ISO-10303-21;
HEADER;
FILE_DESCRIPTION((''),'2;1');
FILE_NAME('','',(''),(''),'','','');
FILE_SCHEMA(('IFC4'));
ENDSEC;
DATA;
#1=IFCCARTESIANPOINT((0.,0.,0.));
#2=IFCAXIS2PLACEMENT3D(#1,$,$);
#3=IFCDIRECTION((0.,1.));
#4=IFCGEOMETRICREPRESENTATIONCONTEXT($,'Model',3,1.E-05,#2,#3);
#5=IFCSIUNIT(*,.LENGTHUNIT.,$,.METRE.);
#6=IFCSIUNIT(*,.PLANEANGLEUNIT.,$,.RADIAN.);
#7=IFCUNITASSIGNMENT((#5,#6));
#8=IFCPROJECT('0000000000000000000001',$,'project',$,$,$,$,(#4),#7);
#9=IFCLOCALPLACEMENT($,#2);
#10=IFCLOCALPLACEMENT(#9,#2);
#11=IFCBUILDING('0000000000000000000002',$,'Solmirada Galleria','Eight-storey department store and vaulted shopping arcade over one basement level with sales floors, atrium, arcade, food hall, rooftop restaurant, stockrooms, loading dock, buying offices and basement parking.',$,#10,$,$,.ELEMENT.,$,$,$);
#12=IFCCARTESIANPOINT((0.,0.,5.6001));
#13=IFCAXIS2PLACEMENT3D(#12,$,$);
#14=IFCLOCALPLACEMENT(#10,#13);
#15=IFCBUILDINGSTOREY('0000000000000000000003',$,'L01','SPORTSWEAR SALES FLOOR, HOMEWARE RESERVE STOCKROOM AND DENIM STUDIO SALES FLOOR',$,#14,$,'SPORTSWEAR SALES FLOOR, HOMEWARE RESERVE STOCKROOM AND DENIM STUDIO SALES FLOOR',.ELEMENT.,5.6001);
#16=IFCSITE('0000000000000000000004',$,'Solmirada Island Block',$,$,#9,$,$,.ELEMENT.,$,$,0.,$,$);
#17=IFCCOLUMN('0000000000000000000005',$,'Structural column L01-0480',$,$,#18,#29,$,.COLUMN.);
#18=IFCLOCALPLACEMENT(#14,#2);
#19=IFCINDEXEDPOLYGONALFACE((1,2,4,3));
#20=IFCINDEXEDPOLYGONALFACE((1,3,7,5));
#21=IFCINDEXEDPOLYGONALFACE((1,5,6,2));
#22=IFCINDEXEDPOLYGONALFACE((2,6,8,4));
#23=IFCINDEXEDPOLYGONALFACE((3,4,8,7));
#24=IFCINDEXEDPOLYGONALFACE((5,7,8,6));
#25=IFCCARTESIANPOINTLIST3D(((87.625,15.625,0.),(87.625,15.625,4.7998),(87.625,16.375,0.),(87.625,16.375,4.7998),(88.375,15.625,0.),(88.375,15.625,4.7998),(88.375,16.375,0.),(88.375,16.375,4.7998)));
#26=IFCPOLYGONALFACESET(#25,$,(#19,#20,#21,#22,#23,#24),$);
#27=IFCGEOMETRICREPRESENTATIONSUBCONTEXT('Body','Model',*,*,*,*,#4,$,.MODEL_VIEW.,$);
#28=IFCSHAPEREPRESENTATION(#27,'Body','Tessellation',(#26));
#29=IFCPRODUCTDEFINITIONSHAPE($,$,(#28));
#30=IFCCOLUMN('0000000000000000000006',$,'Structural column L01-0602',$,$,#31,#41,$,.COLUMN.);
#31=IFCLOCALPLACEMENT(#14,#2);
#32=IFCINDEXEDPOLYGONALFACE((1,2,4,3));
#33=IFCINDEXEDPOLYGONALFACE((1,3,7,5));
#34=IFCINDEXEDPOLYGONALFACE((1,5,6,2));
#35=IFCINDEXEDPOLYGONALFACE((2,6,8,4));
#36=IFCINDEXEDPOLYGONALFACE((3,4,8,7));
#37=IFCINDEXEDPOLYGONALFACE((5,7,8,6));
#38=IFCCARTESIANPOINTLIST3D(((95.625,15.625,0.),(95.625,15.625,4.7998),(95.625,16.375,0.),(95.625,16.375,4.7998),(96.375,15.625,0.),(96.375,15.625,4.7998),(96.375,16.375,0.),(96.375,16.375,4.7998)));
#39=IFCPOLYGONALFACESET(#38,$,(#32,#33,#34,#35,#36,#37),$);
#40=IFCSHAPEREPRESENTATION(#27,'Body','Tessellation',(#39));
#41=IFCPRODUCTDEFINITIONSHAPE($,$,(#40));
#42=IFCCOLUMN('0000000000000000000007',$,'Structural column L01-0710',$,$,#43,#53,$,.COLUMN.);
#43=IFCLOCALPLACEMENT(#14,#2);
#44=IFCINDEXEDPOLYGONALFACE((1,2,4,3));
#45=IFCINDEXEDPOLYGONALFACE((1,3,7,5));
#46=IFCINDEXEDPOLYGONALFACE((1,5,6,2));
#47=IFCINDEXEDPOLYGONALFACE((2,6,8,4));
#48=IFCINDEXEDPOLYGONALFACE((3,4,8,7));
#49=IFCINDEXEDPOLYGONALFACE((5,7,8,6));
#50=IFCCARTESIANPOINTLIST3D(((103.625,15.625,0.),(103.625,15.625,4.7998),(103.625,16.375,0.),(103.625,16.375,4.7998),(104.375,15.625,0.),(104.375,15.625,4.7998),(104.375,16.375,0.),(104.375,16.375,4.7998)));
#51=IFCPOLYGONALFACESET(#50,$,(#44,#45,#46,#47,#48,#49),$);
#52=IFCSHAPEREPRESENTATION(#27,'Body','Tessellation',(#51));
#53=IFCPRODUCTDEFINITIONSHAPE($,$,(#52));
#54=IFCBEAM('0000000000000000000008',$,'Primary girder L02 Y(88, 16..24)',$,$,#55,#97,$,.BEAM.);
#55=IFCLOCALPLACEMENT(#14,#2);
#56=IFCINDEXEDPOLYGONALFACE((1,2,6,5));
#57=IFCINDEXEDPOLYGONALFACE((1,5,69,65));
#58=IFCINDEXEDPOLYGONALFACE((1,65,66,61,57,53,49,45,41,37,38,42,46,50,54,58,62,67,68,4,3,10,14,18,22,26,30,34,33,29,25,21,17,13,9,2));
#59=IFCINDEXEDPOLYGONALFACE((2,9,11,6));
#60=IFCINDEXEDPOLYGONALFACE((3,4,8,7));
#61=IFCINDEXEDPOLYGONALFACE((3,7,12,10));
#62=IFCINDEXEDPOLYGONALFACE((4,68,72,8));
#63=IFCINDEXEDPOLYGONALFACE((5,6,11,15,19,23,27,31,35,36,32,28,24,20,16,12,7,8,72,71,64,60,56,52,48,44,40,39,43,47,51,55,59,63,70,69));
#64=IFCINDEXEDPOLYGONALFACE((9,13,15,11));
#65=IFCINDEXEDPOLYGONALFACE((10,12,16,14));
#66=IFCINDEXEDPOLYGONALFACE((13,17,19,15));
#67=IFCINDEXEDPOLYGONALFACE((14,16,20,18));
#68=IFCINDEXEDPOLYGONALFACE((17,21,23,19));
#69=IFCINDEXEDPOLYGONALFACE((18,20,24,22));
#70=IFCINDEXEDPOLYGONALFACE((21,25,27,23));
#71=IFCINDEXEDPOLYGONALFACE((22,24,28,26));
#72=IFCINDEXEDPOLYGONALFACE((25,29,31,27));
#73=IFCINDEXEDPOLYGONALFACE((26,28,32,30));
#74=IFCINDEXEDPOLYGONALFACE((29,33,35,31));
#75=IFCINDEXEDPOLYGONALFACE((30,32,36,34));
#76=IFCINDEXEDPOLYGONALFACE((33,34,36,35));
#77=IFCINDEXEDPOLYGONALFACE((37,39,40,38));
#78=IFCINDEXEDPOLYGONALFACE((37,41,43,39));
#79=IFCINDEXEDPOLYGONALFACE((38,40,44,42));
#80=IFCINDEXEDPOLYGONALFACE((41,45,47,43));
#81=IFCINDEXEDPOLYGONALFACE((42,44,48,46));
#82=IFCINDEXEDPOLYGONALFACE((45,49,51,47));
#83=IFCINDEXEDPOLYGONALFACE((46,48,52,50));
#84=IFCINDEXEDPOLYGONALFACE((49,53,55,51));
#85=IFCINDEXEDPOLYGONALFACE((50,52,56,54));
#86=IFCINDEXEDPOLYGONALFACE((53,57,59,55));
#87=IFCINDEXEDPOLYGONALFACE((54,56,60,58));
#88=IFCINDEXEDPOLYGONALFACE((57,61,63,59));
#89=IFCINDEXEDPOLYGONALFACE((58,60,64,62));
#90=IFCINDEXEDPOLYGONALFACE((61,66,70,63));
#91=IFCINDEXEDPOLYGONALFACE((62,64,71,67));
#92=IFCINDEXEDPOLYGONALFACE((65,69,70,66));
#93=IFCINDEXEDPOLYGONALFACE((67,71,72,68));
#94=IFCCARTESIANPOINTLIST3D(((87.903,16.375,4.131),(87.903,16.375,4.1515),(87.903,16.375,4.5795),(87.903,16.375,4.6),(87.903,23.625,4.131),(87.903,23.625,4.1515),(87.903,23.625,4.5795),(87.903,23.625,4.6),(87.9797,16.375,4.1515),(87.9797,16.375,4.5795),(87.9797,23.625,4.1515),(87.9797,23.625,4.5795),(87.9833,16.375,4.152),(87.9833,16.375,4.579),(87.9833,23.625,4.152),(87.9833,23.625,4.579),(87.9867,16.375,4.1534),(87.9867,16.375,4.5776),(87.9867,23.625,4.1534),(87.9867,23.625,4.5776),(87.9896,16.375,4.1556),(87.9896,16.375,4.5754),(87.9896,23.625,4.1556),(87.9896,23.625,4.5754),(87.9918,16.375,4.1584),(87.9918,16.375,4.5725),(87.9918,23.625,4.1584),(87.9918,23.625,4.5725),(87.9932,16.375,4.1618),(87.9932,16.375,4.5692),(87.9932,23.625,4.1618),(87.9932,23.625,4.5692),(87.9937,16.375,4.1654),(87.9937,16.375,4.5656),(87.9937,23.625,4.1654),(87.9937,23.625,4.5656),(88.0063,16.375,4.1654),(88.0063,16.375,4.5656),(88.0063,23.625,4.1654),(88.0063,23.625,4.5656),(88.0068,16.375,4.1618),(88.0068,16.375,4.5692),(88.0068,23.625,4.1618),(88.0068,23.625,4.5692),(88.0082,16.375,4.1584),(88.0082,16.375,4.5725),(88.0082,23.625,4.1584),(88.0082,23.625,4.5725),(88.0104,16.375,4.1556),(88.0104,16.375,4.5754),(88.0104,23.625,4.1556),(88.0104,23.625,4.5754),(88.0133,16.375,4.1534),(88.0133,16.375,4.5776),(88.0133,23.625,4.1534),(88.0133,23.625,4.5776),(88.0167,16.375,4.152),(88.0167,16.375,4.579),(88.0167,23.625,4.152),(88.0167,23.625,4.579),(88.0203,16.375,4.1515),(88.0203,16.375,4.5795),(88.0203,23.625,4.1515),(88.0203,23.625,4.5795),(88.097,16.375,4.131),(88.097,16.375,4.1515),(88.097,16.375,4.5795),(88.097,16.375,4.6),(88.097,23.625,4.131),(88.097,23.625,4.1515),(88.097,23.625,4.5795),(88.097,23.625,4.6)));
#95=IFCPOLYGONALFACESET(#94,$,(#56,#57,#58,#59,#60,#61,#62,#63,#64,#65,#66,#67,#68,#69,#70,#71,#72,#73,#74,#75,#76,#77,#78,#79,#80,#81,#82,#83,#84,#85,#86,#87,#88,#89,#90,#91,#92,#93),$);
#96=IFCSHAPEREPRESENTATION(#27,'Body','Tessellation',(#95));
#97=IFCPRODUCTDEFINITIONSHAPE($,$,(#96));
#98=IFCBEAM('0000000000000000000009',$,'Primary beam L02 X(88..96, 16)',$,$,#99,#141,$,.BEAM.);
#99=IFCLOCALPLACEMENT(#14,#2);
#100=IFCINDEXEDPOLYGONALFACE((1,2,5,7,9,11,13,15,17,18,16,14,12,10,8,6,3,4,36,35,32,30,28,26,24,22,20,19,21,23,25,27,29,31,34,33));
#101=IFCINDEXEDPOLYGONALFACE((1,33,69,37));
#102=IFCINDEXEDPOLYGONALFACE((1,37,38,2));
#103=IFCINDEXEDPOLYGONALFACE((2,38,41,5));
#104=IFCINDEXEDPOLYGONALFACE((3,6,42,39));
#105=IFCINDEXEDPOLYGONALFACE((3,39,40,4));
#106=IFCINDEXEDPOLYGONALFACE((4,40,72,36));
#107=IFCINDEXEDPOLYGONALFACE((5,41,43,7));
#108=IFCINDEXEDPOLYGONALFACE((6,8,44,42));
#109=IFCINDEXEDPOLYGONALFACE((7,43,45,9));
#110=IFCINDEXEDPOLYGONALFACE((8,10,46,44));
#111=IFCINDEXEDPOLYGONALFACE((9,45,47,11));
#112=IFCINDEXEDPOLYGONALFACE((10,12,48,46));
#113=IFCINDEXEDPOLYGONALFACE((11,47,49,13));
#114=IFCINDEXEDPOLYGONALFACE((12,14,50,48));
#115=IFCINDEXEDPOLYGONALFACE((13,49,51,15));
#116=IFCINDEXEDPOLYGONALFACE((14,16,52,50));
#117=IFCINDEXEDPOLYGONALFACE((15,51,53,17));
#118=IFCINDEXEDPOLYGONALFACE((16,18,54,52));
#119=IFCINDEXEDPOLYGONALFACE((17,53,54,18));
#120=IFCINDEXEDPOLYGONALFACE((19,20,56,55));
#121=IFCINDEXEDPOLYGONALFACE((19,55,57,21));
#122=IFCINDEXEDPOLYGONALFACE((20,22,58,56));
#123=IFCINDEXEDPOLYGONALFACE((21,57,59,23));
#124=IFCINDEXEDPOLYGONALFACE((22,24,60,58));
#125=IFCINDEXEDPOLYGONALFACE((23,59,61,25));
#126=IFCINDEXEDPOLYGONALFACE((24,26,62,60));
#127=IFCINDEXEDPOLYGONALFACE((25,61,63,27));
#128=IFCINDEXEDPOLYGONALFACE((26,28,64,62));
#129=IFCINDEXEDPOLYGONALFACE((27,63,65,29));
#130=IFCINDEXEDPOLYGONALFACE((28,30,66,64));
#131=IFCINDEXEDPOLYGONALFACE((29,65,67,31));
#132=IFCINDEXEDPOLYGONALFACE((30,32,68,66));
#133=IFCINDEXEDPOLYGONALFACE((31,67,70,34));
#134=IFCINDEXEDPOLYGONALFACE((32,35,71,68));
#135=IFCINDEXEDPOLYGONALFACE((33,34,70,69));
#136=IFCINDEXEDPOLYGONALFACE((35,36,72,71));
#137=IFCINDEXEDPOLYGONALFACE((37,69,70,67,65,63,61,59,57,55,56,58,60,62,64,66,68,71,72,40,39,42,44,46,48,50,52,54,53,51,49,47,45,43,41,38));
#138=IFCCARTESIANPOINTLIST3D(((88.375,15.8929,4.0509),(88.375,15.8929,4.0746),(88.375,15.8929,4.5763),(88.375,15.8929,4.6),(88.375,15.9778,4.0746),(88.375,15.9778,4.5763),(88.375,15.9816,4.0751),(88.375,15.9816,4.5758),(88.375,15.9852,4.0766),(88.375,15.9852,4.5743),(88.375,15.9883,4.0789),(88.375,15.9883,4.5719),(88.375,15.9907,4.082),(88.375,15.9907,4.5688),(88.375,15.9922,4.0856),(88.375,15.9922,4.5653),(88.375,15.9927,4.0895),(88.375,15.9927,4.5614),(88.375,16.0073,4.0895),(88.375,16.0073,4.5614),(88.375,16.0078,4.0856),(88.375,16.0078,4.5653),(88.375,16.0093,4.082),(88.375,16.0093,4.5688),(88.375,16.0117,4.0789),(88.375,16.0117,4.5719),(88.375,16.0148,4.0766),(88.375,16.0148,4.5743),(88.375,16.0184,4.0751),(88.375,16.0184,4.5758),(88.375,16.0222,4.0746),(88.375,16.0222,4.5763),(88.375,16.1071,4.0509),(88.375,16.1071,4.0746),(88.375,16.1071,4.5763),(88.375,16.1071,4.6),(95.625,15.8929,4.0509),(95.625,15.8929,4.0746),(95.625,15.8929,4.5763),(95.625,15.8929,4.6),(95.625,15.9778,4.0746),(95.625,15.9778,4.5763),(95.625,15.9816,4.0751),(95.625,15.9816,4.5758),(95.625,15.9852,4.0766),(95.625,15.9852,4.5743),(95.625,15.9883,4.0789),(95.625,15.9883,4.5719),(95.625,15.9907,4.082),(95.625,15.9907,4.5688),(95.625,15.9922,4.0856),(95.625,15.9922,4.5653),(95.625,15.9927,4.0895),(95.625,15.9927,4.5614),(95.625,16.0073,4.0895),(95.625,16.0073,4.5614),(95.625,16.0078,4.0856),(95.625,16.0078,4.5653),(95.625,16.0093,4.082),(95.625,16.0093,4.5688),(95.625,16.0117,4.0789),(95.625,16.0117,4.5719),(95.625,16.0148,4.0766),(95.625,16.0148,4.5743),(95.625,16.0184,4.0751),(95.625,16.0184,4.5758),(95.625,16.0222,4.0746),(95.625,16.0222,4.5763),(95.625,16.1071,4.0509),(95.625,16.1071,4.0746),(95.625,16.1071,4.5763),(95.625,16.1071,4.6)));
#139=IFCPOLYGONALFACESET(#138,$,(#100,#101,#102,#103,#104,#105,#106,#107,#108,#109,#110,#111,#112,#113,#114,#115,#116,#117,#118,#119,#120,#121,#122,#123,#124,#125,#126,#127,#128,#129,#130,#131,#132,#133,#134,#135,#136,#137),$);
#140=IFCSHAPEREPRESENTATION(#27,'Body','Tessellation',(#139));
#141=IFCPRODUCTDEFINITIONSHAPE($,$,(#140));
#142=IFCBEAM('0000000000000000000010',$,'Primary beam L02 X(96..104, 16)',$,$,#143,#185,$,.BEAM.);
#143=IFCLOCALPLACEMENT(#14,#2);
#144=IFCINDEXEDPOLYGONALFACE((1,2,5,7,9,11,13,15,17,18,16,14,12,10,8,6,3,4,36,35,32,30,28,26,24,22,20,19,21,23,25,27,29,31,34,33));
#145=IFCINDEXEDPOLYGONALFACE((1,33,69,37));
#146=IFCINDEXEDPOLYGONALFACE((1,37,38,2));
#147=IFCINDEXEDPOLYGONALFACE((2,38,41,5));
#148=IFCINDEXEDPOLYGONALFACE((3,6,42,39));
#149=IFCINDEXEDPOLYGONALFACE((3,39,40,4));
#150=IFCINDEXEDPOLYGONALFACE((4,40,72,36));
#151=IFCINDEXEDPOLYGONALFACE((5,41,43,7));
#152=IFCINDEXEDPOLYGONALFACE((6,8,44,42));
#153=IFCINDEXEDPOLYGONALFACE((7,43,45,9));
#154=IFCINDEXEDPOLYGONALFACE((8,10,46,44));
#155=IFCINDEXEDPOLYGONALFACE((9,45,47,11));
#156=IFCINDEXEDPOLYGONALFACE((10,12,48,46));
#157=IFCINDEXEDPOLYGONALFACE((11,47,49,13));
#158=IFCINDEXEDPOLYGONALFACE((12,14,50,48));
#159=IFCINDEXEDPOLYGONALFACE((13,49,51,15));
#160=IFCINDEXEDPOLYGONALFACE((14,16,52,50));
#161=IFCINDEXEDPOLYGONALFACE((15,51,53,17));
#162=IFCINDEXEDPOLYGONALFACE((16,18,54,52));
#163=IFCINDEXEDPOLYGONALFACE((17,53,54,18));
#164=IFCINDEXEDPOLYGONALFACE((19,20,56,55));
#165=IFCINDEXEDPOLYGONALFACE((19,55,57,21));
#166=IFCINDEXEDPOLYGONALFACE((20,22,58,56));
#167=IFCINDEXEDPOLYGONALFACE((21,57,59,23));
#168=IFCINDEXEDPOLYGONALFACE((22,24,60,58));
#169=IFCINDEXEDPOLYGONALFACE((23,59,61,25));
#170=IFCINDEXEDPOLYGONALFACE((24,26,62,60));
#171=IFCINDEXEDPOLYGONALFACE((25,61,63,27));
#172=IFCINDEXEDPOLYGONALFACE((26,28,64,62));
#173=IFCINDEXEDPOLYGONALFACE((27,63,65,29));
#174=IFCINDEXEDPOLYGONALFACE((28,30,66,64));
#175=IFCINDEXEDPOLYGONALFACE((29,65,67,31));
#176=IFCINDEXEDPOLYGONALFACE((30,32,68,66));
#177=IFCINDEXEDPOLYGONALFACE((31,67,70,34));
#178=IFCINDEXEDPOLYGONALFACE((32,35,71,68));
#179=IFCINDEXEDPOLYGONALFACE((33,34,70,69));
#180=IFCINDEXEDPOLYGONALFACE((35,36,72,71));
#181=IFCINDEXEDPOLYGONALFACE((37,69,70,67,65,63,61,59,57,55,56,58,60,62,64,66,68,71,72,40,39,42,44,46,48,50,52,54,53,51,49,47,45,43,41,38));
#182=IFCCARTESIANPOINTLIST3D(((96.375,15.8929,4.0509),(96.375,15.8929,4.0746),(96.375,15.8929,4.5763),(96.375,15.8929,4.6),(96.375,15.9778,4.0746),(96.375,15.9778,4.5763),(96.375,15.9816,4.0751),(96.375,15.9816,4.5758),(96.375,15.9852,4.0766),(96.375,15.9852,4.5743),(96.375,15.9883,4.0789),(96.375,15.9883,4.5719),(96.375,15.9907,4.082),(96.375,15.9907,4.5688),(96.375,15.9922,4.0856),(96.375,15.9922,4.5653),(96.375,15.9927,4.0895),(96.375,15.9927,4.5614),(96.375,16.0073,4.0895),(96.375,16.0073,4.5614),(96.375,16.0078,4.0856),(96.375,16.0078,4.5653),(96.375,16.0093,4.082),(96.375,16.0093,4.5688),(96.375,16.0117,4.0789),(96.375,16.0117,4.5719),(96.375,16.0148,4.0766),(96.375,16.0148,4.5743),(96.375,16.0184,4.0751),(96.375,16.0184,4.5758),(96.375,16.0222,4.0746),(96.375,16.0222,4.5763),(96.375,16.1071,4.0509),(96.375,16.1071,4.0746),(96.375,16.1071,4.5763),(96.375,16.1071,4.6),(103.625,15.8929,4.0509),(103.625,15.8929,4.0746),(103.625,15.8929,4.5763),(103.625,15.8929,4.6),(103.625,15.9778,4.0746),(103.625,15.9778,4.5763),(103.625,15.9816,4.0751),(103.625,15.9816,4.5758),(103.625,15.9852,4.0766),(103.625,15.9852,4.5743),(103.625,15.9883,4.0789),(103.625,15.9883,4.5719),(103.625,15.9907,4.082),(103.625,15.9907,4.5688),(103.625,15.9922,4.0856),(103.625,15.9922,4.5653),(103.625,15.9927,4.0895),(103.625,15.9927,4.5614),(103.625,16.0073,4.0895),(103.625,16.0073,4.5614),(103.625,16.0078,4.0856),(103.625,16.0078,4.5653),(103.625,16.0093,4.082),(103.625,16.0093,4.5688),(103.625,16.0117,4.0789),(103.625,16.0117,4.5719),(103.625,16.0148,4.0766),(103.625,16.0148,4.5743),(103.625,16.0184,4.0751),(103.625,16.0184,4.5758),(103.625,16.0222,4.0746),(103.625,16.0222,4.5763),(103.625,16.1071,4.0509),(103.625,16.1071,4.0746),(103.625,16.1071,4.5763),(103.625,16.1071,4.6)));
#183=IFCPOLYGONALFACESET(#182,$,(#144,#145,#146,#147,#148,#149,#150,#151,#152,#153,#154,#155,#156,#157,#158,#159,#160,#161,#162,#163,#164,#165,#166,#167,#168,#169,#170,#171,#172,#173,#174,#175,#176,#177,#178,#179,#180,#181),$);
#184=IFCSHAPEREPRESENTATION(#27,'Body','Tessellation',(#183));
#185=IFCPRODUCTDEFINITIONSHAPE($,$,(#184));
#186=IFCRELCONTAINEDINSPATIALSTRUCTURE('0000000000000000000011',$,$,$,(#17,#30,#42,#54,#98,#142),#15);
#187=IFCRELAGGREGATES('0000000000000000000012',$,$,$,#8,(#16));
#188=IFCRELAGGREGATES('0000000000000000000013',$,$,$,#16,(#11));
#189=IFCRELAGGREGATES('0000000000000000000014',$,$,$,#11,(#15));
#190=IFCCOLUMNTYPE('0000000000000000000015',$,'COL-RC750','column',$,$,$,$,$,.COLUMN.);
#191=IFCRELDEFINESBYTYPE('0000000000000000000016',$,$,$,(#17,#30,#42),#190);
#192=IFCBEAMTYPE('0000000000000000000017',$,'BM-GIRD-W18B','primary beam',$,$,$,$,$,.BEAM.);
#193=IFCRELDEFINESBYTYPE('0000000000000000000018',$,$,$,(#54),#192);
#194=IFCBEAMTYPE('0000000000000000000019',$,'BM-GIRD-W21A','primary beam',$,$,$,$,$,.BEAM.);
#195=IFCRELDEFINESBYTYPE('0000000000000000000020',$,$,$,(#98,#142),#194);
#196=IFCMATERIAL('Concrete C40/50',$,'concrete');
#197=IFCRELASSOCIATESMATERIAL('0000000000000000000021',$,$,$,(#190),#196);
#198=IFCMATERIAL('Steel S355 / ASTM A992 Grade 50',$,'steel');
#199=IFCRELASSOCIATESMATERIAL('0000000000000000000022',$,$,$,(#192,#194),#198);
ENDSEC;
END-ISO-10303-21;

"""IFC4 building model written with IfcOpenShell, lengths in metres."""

from ifc_helpers import new_model, si_unit, direction, frame, origin, origin_2d, place, context, subcontext, project, spatial, rectangle, i_section, extrude, material, material_profile, profile_set, type_object, element, save


model = new_model("IFC4")

# Units and contexts
model_context = context("Model", 3, precision=1e-05, world=origin(), true_north=direction((0.0, 1.0)))
body_context = subcontext(model_context, "Body", "Model", "MODEL_VIEW")
ifc_project = project(units=[si_unit("LENGTHUNIT", "METRE"), si_unit("PLANEANGLEUNIT", "RADIAN")], contexts=[model_context])

# Site, building, storey
site_placement = place(None, origin())
site = spatial("IfcSite", under=ifc_project, at=site_placement, Name="Solmirada Island Block", CompositionType="ELEMENT", RefElevation=0.0)
building_placement = place(site_placement, origin())
building = spatial("IfcBuilding", under=site, at=building_placement, Name="Solmirada Galleria", Description="Eight-storey department store and vaulted shopping arcade over one basement level with sales floors, atrium, arcade, food hall, rooftop restaurant, stockrooms, loading dock, buying offices and basement parking.", CompositionType="ELEMENT")
storey_placement = place(building_placement, frame((0.0, 0.0, 5.6001)))
storey = spatial("IfcBuildingStorey", under=building, at=storey_placement, Name="L01", Description="SPORTSWEAR SALES FLOOR, HOMEWARE RESERVE STOCKROOM AND DENIM STUDIO SALES FLOOR", LongName="SPORTSWEAR SALES FLOOR, HOMEWARE RESERVE STOCKROOM AND DENIM STUDIO SALES FLOOR", CompositionType="ELEMENT", Elevation=5.6001)

# Columns
ifc_material_1 = material(Name="Concrete C40/50", Category="concrete")
ifc_material_profile_1 = material_profile(ifc_material_1, rectangle(XDim=0.75, YDim=0.75, at=origin_2d()), Name="RC750X750")
ifc_profile_set_1 = profile_set([ifc_material_profile_1], Name="Concrete C40/50")
column_type = type_object("IfcColumnType", Name="COL-RC750", Description="column", PredefinedType="COLUMN", material=ifc_profile_set_1)
for number, where, z_axis, x_axis, name in (
    (1, (88.0, 16.0, 0.0), (0.0, 0.0, 1.0), (1.0, 0.0, 0.0), "Structural column L01-0480"),
    (2, (96.0, 16.0, 0.0), (0.0, 0.0, 1.0), (1.0, 0.0, 0.0), "Structural column L01-0602"),
    (3, (104.0, 16.0, 0.0), (0.0, 0.0, 1.0), (1.0, 0.0, 0.0), "Structural column L01-0710"),
):
    element("IfcColumn", number, at=place(storey_placement, frame(where, z_axis=z_axis, x_axis=x_axis)), inside=storey, type_object=column_type, Name=name, PredefinedType="COLUMN", context=body_context, shape_type="SweptSolid", body=[
        extrude(rectangle(XDim=0.75, YDim=0.75, at=origin_2d()), origin(), (0.0, 0.0, 1.0), 4.7998),
    ])

# Beams
ifc_material_2 = material(Name="Steel S355 / ASTM A992 Grade 50", Category="steel")
ifc_material_profile_2 = material_profile(ifc_material_2, i_section(OverallWidth=0.1941, OverallDepth=0.469, WebThickness=0.0127, FlangeThickness=0.0205, FilletRadius=0.0139, at=origin_2d()), Name="W18X71")
ifc_profile_set_2 = profile_set([ifc_material_profile_2], Name="Steel S355 / ASTM A992 Grade 50")
beam_type_1 = type_object("IfcBeamType", Name="BM-GIRD-W18B", Description="primary beam", PredefinedType="BEAM", material=ifc_profile_set_2)
beam_1_placement = place(storey_placement, frame((88.0, 16.375, 4.3655), z_axis=(0.0, 1.0, 0.0), x_axis=(-1.0, 0.0, 0.0)))
element("IfcBeam", 4, at=beam_1_placement, inside=storey, type_object=beam_type_1, Name="Primary girder L02 Y(88, 16..24)", PredefinedType="BEAM", context=body_context, shape_type="SweptSolid", body=[
    extrude(i_section(OverallWidth=0.1941, OverallDepth=0.469, WebThickness=0.0127, FlangeThickness=0.0205, FilletRadius=0.0139, at=origin_2d()), origin(), (0.0, 0.0, 1.0), 7.25),
])
ifc_material_profile_3 = material_profile(ifc_material_2, i_section(OverallWidth=0.2141, OverallDepth=0.5491, WebThickness=0.0146, FlangeThickness=0.0237, FilletRadius=0.0149, at=origin_2d()), Name="W21X93")
ifc_profile_set_3 = profile_set([ifc_material_profile_3], Name="Steel S355 / ASTM A992 Grade 50")
beam_type_2 = type_object("IfcBeamType", Name="BM-GIRD-W21A", Description="primary beam", PredefinedType="BEAM", material=ifc_profile_set_3)
for number, where, z_axis, x_axis, name in (
    (5, (88.375, 16.0, 4.3254), (1.0, 0.0, 0.0), (0.0, 1.0, 0.0), "Primary beam L02 X(88..96, 16)"),
    (6, (96.375, 16.0, 4.3254), (1.0, 0.0, 0.0), (0.0, 1.0, 0.0), "Primary beam L02 X(96..104, 16)"),
):
    element("IfcBeam", number, at=place(storey_placement, frame(where, z_axis=z_axis, x_axis=x_axis)), inside=storey, type_object=beam_type_2, Name=name, PredefinedType="BEAM", context=body_context, shape_type="SweptSolid", body=[
        extrude(i_section(OverallWidth=0.2141, OverallDepth=0.5491, WebThickness=0.0146, FlangeThickness=0.0237, FilletRadius=0.0149, at=origin_2d()), origin(), (0.0, 0.0, 1.0), 7.25),
    ])

save(model, "model.ifc")
